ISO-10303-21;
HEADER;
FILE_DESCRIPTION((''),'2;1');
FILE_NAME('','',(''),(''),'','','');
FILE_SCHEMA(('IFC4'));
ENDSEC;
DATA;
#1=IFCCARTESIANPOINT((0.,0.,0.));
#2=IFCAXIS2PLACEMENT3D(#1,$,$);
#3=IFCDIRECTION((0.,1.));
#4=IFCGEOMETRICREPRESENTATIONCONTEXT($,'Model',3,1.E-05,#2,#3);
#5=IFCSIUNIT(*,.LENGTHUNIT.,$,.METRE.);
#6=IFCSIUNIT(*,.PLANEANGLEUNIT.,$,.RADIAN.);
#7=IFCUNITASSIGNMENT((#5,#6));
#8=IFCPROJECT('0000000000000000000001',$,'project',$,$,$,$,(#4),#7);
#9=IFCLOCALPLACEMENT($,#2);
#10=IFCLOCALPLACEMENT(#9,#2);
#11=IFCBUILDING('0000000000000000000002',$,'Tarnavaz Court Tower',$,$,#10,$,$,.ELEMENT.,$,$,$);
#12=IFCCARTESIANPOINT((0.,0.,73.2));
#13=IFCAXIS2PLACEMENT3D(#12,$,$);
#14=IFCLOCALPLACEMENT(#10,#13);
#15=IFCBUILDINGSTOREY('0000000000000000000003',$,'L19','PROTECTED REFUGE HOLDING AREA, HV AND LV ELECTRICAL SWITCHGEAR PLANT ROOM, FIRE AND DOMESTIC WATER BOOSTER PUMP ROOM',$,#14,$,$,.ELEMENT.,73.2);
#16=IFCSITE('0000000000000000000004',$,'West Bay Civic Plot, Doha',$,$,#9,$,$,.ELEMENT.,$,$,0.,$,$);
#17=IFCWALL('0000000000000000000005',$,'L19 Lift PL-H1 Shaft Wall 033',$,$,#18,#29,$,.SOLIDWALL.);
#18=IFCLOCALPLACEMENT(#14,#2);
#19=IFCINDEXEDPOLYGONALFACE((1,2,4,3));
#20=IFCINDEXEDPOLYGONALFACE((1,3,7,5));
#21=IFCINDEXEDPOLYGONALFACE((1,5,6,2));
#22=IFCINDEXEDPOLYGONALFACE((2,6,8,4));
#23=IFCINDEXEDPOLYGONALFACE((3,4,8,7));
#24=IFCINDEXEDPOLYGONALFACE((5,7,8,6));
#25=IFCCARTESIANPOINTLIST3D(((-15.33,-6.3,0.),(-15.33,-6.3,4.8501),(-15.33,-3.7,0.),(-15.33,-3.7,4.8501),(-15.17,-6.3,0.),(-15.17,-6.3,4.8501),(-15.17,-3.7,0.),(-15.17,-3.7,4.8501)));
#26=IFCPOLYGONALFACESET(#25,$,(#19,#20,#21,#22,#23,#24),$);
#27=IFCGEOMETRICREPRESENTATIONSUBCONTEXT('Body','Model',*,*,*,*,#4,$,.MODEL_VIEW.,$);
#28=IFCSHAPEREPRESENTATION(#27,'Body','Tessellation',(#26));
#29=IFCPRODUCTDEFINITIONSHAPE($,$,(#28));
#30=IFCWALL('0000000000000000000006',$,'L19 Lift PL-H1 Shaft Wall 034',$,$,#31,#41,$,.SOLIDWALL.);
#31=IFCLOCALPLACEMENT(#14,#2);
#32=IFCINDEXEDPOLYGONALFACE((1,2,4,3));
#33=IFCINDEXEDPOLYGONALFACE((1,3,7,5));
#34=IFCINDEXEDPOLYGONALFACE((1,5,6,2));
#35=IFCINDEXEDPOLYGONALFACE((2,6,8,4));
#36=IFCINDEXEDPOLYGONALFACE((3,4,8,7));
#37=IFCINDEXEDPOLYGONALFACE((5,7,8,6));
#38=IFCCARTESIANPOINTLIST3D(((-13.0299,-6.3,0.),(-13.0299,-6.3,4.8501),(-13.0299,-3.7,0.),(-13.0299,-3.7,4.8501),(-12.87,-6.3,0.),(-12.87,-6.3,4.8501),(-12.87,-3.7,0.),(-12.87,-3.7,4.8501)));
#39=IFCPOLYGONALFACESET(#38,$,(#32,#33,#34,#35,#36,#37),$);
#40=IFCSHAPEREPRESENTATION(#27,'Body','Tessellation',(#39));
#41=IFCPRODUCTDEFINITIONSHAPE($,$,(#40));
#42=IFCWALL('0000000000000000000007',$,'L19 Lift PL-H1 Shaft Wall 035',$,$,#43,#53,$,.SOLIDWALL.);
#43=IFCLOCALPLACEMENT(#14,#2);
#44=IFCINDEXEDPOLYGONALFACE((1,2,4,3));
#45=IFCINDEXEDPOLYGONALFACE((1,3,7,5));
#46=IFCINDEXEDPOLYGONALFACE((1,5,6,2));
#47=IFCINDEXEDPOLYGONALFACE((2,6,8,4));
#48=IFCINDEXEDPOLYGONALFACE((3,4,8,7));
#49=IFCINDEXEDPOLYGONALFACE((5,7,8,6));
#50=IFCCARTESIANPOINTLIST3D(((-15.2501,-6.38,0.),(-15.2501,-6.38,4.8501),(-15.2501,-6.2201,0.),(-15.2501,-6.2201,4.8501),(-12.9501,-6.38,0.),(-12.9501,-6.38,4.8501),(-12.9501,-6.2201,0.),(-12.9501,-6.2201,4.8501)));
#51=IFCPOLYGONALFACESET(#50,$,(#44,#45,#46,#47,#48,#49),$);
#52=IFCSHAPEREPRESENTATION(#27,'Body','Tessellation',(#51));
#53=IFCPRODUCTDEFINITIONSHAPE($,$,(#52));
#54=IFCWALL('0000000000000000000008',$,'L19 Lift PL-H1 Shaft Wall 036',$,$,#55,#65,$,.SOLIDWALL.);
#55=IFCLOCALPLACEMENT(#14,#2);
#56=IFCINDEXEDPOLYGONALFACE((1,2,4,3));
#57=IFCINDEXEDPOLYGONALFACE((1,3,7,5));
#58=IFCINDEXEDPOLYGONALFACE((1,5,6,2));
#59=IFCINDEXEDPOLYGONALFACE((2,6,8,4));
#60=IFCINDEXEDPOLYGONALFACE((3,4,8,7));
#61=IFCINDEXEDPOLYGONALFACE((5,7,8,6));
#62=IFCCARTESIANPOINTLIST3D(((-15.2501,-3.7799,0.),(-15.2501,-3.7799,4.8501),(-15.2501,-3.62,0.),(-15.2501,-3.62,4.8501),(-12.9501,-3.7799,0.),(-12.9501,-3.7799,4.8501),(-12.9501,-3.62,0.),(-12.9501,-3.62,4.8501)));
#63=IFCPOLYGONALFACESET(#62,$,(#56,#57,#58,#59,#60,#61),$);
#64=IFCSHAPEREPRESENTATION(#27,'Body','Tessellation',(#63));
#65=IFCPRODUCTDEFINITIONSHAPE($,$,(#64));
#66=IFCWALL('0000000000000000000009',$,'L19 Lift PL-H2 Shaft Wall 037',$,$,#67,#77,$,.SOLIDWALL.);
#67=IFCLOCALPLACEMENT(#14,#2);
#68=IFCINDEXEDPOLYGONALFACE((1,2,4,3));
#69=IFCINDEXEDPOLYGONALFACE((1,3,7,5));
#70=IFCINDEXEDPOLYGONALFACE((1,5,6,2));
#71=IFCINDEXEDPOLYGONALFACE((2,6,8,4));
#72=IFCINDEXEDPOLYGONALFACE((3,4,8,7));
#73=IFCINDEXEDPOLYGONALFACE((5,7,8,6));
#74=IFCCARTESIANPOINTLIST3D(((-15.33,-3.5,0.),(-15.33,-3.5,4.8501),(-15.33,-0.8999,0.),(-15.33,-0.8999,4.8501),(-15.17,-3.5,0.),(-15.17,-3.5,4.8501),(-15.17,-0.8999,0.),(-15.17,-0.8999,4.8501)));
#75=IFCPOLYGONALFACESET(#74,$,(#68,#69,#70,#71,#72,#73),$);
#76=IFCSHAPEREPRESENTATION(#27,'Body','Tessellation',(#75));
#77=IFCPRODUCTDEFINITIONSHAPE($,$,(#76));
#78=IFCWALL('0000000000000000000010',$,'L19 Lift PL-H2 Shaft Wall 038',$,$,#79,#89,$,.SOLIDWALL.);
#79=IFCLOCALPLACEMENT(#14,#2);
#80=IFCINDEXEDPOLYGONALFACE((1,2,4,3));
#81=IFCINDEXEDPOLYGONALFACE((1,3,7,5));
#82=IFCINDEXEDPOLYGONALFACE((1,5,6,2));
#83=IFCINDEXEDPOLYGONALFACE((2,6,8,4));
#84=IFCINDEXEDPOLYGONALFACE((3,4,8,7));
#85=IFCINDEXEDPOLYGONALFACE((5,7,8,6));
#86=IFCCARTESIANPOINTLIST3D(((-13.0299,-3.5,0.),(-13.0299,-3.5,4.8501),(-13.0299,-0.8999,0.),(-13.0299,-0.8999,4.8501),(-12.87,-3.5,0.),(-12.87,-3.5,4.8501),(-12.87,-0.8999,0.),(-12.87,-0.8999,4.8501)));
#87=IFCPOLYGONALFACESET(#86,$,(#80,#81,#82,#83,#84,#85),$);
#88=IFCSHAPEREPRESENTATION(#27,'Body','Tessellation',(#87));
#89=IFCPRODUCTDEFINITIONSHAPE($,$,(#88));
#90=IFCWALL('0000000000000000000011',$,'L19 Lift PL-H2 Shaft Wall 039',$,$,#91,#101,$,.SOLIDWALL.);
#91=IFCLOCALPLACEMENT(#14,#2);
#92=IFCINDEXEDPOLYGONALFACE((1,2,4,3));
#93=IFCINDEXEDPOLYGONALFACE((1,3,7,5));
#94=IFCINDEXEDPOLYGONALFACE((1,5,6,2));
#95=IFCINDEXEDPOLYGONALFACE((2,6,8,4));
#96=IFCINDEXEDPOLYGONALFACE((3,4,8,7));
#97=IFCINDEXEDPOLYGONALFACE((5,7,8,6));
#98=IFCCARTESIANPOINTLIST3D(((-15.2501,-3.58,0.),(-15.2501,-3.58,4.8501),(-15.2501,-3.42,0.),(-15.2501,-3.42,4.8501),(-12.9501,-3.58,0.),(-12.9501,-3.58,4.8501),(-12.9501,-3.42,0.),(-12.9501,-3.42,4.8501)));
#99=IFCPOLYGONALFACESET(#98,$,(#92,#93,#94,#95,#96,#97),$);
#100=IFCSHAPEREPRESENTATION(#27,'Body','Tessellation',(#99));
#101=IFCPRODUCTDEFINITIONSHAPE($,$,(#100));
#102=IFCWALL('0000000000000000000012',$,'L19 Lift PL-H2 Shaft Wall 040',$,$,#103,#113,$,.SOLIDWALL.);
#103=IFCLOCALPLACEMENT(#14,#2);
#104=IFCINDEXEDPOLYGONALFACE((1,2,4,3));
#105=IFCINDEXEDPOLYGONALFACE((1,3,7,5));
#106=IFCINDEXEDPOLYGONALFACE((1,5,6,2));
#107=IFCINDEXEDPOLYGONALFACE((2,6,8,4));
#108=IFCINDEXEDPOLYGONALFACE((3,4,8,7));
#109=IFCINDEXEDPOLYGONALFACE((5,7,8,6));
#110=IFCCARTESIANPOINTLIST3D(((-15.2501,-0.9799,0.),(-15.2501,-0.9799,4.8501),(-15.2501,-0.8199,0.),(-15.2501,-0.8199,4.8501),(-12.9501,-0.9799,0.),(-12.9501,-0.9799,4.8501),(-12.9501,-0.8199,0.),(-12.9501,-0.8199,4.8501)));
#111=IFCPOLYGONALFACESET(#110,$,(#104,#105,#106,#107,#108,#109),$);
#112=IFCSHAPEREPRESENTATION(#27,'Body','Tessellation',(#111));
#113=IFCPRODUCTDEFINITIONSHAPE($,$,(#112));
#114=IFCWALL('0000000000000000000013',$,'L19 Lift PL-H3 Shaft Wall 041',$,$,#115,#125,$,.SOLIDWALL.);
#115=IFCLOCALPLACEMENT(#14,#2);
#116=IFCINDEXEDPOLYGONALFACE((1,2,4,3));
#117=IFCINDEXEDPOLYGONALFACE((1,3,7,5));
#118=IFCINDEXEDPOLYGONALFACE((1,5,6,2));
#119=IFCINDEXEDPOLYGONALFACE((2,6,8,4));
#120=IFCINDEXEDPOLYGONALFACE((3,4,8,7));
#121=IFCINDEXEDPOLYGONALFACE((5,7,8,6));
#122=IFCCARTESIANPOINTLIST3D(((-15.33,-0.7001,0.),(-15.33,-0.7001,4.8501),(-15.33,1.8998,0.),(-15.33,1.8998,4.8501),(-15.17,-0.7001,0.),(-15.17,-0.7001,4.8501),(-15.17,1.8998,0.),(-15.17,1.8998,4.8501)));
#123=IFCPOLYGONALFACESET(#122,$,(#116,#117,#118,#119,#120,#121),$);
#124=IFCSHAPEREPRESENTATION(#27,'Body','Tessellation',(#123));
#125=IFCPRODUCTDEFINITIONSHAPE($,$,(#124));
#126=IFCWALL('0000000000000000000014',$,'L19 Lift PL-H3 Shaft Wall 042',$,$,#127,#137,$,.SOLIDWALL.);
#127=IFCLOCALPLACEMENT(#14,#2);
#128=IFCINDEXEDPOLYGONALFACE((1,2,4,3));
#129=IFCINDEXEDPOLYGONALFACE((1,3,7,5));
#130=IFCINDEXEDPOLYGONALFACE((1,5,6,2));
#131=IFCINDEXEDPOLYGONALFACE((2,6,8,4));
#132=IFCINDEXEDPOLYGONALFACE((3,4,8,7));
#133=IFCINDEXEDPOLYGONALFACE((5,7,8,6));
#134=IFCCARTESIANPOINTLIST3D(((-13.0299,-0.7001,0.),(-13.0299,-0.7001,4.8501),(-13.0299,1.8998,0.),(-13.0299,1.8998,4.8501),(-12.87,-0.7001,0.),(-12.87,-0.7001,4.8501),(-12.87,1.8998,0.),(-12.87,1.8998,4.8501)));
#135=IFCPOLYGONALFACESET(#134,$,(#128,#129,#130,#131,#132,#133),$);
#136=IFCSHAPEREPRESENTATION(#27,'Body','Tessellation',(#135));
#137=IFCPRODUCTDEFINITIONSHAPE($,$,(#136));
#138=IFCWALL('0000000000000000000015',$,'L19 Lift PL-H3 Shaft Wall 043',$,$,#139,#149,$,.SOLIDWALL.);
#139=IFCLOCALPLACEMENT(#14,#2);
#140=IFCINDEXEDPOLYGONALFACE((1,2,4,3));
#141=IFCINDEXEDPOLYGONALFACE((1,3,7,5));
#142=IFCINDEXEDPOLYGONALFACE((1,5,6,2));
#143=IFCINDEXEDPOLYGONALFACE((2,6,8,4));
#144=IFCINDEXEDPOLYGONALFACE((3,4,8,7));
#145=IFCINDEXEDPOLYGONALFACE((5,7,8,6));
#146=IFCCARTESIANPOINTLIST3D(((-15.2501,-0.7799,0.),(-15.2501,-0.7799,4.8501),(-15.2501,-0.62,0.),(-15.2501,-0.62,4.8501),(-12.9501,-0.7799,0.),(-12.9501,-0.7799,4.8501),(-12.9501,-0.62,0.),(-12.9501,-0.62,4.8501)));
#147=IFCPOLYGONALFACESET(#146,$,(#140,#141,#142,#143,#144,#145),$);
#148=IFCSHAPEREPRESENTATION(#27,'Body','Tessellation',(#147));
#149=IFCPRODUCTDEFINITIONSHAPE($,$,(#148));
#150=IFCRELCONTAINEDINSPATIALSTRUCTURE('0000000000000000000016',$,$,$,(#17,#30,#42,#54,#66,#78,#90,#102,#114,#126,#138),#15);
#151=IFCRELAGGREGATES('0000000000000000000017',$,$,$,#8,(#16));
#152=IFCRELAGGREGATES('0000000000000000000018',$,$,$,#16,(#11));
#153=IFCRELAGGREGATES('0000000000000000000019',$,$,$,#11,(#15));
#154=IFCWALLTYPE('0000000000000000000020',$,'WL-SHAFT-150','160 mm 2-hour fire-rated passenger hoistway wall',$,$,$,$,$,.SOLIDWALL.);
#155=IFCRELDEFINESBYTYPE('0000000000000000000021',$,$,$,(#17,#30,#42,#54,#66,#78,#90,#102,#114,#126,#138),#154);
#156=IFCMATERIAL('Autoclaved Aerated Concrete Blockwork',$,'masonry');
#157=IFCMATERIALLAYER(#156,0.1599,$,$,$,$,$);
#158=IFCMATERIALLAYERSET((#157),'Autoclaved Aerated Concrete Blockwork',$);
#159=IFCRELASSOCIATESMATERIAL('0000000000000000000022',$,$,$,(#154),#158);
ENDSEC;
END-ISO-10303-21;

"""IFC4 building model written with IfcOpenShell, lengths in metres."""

from ifc_helpers import new_model, si_unit, direction, frame, frame_2d, origin, place, context, subcontext, project, spatial, rectangle, extrude, material, layer, layer_set, type_object, element, save


model = new_model("IFC4")

# Units and contexts
model_context = context("Model", 3, precision=1e-05, world=origin(), true_north=direction((0.0, 1.0)))
body_context = subcontext(model_context, "Body", "Model", "MODEL_VIEW")
ifc_project = project(units=[si_unit("LENGTHUNIT", "METRE"), si_unit("PLANEANGLEUNIT", "RADIAN")], contexts=[model_context])

# Site, building, storey
site_placement = place(None, origin())
site = spatial("IfcSite", under=ifc_project, at=site_placement, Name="West Bay Civic Plot, Doha", CompositionType="ELEMENT", RefElevation=0.0)
building_placement = place(site_placement, origin())
building = spatial("IfcBuilding", under=site, at=building_placement, Name="Tarnavaz Court Tower", CompositionType="ELEMENT")
storey_placement = place(building_placement, frame((0.0, 0.0, 73.2)))
storey = spatial("IfcBuildingStorey", under=building, at=storey_placement, Name="L19", Description="PROTECTED REFUGE HOLDING AREA, HV AND LV ELECTRICAL SWITCHGEAR PLANT ROOM, FIRE AND DOMESTIC WATER BOOSTER PUMP ROOM", CompositionType="ELEMENT", Elevation=73.2)

# Walls
ifc_material_1 = material(Name="Autoclaved Aerated Concrete Blockwork", Category="masonry")
ifc_layer = layer(ifc_material_1, 0.1599)
ifc_layer_set = layer_set([ifc_layer], Name="Autoclaved Aerated Concrete Blockwork")
wall_type = type_object("IfcWallType", Name="WL-SHAFT-150", Description="160 mm 2-hour fire-rated passenger hoistway wall", PredefinedType="SOLIDWALL", material=ifc_layer_set)
for number, where, z_axis, x_axis, name in (
    (1, (-15.25, -6.3, 0.0), (0.0, 0.0, 1.0), (0.0, 1.0, 0.0), "L19 Lift PL-H1 Shaft Wall 033"),
    (2, (-12.95, -6.3, 0.0), (0.0, 0.0, 1.0), (0.0, 1.0, 0.0), "L19 Lift PL-H1 Shaft Wall 034"),
):
    element("IfcWall", number, at=place(storey_placement, frame(where, z_axis=z_axis, x_axis=x_axis)), inside=storey, type_object=wall_type, Name=name, PredefinedType="SOLIDWALL", context=body_context, shape_type="SweptSolid", body=[
        extrude(rectangle(XDim=2.6001, YDim=0.1599, at=frame_2d((1.3, 0.0))), origin(), (0.0, 0.0, 1.0), 4.8501),
    ])
for number, where, z_axis, x_axis, name in (
    (3, (-15.25, -6.3, 0.0), (0.0, 0.0, 1.0), (1.0, 0.0, 0.0), "L19 Lift PL-H1 Shaft Wall 035"),
    (4, (-15.25, -3.7, 0.0), (0.0, 0.0, 1.0), (1.0, 0.0, 0.0), "L19 Lift PL-H1 Shaft Wall 036"),
):
    element("IfcWall", number, at=place(storey_placement, frame(where, z_axis=z_axis, x_axis=x_axis)), inside=storey, type_object=wall_type, Name=name, PredefinedType="SOLIDWALL", context=body_context, shape_type="SweptSolid", body=[
        extrude(rectangle(XDim=2.3, YDim=0.1599, at=frame_2d((1.1499, 0.0))), origin(), (0.0, 0.0, 1.0), 4.8501),
    ])
for number, where, z_axis, x_axis, name in (
    (5, (-15.25, -3.5, 0.0), (0.0, 0.0, 1.0), (0.0, 1.0, 0.0), "L19 Lift PL-H2 Shaft Wall 037"),
    (6, (-12.95, -3.5, 0.0), (0.0, 0.0, 1.0), (0.0, 1.0, 0.0), "L19 Lift PL-H2 Shaft Wall 038"),
):
    element("IfcWall", number, at=place(storey_placement, frame(where, z_axis=z_axis, x_axis=x_axis)), inside=storey, type_object=wall_type, Name=name, PredefinedType="SOLIDWALL", context=body_context, shape_type="SweptSolid", body=[
        extrude(rectangle(XDim=2.6001, YDim=0.1599, at=frame_2d((1.3, 0.0))), origin(), (0.0, 0.0, 1.0), 4.8501),
    ])
for number, where, z_axis, x_axis, name in (
    (7, (-15.25, -3.5, 0.0), (0.0, 0.0, 1.0), (1.0, 0.0, 0.0), "L19 Lift PL-H2 Shaft Wall 039"),
    (8, (-15.25, -0.8999, 0.0), (0.0, 0.0, 1.0), (1.0, 0.0, 0.0), "L19 Lift PL-H2 Shaft Wall 040"),
):
    element("IfcWall", number, at=place(storey_placement, frame(where, z_axis=z_axis, x_axis=x_axis)), inside=storey, type_object=wall_type, Name=name, PredefinedType="SOLIDWALL", context=body_context, shape_type="SweptSolid", body=[
        extrude(rectangle(XDim=2.3, YDim=0.1599, at=frame_2d((1.1499, 0.0))), origin(), (0.0, 0.0, 1.0), 4.8501),
    ])
for number, where, z_axis, x_axis, name in (
    (9, (-15.25, -0.7, 0.0), (0.0, 0.0, 1.0), (0.0, 1.0, 0.0), "L19 Lift PL-H3 Shaft Wall 041"),
    (10, (-12.95, -0.7, 0.0), (0.0, 0.0, 1.0), (0.0, 1.0, 0.0), "L19 Lift PL-H3 Shaft Wall 042"),
):
    element("IfcWall", number, at=place(storey_placement, frame(where, z_axis=z_axis, x_axis=x_axis)), inside=storey, type_object=wall_type, Name=name, PredefinedType="SOLIDWALL", context=body_context, shape_type="SweptSolid", body=[
        extrude(rectangle(XDim=2.5999, YDim=0.1599, at=frame_2d((1.2998, 0.0))), origin(), (0.0, 0.0, 1.0), 4.8501),
    ])
wall_1_placement = place(storey_placement, frame((-15.25, -0.7, 0.0), z_axis=(0.0, 0.0, 1.0), x_axis=(1.0, 0.0, 0.0)))
element("IfcWall", 11, at=wall_1_placement, inside=storey, type_object=wall_type, Name="L19 Lift PL-H3 Shaft Wall 043", PredefinedType="SOLIDWALL", context=body_context, shape_type="SweptSolid", body=[
    extrude(rectangle(XDim=2.3, YDim=0.1599, at=frame_2d((1.1499, 0.0))), origin(), (0.0, 0.0, 1.0), 4.8501),
])

save(model, "model.ifc")
